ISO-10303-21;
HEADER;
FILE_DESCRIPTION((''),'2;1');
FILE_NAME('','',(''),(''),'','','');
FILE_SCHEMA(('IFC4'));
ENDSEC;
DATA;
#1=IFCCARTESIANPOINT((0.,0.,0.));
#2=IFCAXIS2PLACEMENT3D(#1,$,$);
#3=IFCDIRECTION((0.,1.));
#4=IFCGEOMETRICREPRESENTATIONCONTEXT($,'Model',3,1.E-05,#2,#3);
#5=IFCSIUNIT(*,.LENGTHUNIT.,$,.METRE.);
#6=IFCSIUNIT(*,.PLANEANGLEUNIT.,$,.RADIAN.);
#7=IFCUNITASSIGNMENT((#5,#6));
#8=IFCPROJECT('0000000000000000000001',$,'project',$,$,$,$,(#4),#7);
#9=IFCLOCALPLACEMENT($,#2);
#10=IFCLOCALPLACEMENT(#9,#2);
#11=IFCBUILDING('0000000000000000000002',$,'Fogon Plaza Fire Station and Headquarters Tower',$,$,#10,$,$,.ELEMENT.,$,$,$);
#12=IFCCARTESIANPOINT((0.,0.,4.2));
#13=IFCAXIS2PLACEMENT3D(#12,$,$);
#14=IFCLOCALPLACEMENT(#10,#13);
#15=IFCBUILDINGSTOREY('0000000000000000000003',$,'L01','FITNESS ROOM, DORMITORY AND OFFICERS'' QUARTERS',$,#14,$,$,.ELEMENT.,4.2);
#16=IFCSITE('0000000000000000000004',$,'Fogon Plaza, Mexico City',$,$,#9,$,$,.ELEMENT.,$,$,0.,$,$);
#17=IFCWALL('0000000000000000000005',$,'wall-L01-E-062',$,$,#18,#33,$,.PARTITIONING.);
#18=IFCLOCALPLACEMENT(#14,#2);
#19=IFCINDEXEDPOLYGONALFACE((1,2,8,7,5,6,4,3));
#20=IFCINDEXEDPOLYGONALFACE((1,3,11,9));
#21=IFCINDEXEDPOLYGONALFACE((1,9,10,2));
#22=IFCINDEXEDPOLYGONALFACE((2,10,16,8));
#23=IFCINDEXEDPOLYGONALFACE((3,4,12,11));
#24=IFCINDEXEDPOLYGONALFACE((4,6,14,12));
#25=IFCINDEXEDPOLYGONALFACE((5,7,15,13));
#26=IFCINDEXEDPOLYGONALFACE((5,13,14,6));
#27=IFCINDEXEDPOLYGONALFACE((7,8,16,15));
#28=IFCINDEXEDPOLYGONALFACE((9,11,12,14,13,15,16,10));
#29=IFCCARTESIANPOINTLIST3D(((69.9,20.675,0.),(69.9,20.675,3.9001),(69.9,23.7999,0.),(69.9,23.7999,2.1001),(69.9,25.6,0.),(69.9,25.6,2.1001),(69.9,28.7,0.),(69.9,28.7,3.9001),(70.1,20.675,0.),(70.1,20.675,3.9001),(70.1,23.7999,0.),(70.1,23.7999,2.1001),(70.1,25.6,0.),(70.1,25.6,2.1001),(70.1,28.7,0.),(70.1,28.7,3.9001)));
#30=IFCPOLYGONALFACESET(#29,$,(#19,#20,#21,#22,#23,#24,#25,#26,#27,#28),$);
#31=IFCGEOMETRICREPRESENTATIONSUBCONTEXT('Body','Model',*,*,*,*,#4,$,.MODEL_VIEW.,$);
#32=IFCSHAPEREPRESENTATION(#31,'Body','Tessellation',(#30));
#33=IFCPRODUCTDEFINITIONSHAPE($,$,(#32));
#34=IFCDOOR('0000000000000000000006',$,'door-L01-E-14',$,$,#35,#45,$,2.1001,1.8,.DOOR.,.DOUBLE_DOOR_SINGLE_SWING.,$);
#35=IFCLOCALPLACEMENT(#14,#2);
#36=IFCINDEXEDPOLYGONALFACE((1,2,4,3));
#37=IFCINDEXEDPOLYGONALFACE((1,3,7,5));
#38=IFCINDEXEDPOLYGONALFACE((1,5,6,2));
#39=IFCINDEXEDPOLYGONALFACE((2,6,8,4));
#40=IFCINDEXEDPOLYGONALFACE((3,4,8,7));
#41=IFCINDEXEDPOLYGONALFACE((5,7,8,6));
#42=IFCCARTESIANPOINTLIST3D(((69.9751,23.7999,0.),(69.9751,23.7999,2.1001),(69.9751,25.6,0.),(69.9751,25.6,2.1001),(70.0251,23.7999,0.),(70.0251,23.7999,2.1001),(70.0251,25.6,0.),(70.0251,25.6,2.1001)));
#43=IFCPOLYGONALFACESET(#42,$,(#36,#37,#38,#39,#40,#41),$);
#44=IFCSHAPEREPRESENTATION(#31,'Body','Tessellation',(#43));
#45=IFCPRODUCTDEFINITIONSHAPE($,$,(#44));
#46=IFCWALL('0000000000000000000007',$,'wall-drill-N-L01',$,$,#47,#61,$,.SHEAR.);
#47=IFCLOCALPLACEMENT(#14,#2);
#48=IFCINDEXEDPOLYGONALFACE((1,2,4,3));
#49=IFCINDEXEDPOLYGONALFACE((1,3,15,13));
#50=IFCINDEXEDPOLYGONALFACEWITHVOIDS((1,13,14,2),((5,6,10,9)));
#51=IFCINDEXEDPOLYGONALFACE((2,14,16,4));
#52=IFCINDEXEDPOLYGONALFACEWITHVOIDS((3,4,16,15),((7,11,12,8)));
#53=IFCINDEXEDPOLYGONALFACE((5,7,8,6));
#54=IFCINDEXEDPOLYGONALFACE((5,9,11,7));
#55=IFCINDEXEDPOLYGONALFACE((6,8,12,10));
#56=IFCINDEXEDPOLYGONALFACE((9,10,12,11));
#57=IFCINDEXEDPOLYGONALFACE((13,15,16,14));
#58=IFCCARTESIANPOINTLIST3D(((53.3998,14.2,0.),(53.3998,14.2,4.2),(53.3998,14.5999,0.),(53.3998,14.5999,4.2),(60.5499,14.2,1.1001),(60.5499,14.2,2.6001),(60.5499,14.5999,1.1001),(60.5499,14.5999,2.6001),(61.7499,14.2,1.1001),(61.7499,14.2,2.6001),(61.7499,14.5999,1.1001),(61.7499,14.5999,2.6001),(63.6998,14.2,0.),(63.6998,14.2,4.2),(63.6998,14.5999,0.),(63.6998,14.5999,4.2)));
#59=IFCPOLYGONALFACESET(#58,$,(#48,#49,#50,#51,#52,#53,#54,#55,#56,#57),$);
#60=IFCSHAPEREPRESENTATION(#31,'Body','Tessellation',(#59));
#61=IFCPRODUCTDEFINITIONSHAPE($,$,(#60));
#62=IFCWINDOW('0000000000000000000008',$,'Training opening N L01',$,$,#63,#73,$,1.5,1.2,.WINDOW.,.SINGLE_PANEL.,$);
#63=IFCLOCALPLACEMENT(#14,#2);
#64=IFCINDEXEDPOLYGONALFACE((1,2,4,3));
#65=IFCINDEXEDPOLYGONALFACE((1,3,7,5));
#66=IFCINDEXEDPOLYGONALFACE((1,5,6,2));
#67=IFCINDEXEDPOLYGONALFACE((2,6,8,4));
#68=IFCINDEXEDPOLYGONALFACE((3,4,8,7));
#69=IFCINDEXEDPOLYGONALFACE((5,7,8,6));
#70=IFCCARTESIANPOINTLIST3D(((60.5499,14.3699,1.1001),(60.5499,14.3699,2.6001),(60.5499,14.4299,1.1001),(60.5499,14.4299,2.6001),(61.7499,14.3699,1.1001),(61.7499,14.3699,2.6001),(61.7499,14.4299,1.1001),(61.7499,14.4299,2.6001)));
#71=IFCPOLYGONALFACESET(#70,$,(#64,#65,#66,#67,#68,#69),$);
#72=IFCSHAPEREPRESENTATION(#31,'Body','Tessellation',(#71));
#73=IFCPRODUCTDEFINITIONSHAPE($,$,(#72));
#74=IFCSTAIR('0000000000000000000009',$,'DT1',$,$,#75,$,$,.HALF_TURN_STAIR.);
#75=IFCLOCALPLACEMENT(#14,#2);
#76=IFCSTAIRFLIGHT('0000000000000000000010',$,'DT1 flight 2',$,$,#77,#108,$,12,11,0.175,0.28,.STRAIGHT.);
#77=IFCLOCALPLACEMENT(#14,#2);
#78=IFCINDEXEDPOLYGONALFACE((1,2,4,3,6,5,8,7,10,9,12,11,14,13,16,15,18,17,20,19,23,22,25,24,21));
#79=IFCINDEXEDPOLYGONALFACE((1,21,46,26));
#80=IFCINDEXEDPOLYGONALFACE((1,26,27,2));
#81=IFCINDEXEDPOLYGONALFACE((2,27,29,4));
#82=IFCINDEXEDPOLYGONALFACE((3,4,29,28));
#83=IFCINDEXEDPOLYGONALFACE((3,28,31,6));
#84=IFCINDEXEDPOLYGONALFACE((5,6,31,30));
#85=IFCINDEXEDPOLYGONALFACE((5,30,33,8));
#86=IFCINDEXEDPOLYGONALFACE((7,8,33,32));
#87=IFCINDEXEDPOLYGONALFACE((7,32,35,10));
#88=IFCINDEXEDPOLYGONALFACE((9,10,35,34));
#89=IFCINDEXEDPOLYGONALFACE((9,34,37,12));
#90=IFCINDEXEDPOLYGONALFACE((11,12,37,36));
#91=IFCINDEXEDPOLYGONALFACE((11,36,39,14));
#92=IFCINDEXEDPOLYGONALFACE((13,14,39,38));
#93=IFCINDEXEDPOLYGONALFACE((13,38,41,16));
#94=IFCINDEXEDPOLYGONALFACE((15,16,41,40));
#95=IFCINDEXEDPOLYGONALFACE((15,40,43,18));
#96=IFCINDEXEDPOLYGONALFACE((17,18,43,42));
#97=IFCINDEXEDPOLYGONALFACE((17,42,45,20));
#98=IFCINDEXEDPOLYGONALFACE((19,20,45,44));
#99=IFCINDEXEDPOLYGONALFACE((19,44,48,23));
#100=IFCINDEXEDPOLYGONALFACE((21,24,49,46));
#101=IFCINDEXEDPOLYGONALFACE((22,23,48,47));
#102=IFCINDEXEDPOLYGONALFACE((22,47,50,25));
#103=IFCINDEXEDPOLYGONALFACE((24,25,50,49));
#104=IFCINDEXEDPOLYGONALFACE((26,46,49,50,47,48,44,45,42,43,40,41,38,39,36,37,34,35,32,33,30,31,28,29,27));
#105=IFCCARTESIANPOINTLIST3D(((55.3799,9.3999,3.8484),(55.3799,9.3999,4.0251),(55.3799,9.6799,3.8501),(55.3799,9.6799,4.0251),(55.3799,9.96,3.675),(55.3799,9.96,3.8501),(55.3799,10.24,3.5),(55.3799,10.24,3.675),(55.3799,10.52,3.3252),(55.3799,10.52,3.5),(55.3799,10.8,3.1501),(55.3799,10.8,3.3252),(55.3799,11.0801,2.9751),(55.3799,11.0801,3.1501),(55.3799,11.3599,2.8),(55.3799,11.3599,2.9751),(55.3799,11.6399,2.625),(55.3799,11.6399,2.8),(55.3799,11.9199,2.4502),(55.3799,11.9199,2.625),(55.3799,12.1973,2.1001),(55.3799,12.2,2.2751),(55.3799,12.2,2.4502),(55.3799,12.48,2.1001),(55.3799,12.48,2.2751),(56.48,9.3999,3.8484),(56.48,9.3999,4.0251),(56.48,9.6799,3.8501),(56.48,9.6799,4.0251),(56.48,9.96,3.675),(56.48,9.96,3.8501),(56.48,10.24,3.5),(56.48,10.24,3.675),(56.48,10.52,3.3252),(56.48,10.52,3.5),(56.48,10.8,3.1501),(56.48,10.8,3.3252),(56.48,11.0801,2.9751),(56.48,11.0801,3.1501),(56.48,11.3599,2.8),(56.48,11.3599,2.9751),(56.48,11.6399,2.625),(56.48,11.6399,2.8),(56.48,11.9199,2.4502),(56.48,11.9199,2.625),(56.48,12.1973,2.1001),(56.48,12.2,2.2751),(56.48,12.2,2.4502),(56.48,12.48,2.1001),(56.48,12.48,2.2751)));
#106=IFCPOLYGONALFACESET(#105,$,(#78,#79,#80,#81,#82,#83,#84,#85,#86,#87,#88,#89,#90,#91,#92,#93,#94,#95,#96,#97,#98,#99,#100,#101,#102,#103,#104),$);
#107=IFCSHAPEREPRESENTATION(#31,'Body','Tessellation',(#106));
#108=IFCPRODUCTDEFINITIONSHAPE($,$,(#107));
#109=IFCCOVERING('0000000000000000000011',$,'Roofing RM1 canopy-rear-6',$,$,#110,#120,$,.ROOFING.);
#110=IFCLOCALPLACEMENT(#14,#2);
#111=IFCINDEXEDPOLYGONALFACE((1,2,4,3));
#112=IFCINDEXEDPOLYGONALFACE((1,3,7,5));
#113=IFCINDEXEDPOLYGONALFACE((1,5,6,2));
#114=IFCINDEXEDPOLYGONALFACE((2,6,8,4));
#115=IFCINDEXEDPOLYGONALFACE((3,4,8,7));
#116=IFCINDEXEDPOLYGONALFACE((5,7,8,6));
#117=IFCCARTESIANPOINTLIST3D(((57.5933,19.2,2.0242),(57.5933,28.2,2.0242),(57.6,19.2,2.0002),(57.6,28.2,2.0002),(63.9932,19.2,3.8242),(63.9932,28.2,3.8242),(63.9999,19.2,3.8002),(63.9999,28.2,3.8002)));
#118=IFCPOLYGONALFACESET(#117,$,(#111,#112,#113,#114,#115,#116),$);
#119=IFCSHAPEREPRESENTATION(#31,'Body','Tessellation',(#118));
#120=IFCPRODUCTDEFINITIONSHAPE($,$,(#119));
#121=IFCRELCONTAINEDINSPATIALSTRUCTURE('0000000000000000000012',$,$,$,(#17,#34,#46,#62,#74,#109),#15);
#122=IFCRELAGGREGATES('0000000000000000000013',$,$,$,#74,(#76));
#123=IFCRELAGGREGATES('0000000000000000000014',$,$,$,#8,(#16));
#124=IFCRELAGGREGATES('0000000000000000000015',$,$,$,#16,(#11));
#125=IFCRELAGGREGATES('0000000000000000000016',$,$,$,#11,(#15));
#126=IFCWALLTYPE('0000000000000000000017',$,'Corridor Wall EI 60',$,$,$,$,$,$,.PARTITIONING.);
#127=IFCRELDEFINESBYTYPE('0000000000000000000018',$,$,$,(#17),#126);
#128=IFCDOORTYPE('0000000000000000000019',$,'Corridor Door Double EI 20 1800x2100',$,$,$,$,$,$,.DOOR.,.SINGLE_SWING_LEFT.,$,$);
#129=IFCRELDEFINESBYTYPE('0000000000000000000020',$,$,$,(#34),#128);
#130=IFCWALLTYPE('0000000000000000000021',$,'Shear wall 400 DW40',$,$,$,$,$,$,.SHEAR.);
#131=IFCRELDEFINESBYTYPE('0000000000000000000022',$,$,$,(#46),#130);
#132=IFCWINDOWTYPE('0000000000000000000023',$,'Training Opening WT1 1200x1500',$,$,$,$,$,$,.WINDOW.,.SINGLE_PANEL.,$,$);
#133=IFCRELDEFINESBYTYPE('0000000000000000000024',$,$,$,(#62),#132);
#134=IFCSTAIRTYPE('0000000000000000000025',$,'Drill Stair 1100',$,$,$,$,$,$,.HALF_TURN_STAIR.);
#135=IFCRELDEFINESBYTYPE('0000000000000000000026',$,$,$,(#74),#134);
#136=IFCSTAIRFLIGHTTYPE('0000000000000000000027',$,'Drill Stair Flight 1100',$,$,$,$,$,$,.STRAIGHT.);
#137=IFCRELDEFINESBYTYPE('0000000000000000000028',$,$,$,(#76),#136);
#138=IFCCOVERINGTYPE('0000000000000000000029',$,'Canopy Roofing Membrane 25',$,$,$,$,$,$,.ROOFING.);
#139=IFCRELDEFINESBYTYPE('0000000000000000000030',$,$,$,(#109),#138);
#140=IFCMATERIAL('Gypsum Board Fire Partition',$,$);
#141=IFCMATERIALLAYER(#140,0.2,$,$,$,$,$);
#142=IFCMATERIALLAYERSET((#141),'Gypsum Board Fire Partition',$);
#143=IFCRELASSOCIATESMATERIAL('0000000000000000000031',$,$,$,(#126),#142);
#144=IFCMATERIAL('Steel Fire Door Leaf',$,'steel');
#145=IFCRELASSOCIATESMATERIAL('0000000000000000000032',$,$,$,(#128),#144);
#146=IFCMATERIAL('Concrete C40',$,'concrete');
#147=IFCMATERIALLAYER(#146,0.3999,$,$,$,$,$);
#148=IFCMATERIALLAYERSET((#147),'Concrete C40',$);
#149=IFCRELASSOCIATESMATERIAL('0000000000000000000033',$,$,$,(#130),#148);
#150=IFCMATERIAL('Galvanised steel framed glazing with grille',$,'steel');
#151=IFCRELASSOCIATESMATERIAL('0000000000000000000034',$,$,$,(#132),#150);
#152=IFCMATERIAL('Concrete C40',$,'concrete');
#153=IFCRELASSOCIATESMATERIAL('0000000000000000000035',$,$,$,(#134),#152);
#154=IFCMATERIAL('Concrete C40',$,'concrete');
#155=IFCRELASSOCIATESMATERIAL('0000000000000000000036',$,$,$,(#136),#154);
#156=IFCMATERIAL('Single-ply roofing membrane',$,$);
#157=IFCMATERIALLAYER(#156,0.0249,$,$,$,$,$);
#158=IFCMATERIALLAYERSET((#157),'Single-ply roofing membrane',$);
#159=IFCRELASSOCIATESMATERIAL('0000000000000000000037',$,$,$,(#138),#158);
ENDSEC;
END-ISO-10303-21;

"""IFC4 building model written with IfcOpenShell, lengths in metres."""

from ifc_helpers import new_model, si_unit, direction, frame, frame_2d, origin, place, context, subcontext, project, spatial, polyline, rectangle, outline, extrude, material, layer, layer_set, type_object, element, fill, aggregate, save


model = new_model("IFC4")

# Units and contexts
model_context = context("Model", 3, precision=1e-05, world=origin(), true_north=direction((0.0, 1.0)))
body_context = subcontext(model_context, "Body", "Model", "MODEL_VIEW")
ifc_project = project(units=[si_unit("LENGTHUNIT", "METRE"), si_unit("PLANEANGLEUNIT", "RADIAN")], contexts=[model_context])

# Site, building, storey
site_placement = place(None, origin())
site = spatial("IfcSite", under=ifc_project, at=site_placement, Name="Fogon Plaza, Mexico City", CompositionType="ELEMENT", RefElevation=0.0)
building_placement = place(site_placement, origin())
building = spatial("IfcBuilding", under=site, at=building_placement, Name="Fogon Plaza Fire Station and Headquarters Tower", CompositionType="ELEMENT")
storey_placement = place(building_placement, frame((0.0, 0.0, 4.2)))
storey = spatial("IfcBuildingStorey", under=building, at=storey_placement, Name="L01", Description="FITNESS ROOM, DORMITORY AND OFFICERS' QUARTERS", CompositionType="ELEMENT", Elevation=4.2)

# Wall, opening, door
ifc_material_1 = material(Name="Gypsum Board Fire Partition")
ifc_layer_1 = layer(ifc_material_1, 0.2)
ifc_layer_set_1 = layer_set([ifc_layer_1], Name="Gypsum Board Fire Partition")
wall_type_1 = type_object("IfcWallType", Name="Corridor Wall EI 60", PredefinedType="PARTITIONING", material=ifc_layer_set_1)
wall_1_placement = place(storey_placement, frame((70.0, 20.675, 0.0), z_axis=(0.0, 0.0, 1.0), x_axis=(0.0, 1.0, 0.0)))
wall_1 = element("IfcWall", 1, at=wall_1_placement, inside=storey, type_object=wall_type_1, Name="wall-L01-E-062", PredefinedType="PARTITIONING", context=body_context, shape_type="SweptSolid", body=[
    extrude(rectangle(XDim=8.0249, YDim=0.2, at=frame_2d((4.0125, 0.0))), origin(), (0.0, 0.0, 1.0), 3.9001),
])
opening_1_placement = place(wall_1_placement, frame((3.125, 0.0, 0.0)))
opening_1 = element("IfcOpeningElement", 2, at=opening_1_placement, cuts=wall_1, PredefinedType="OPENING", context=body_context, shape_type="SweptSolid", body=[
    extrude(rectangle(XDim=1.8, YDim=2.1001, at=frame_2d((0.8999, 1.05))), frame((0.0, 0.1099, 0.0), z_axis=(0.0, -1.0, 0.0), x_axis=(1.0, 0.0, 0.0)), (0.0, 0.0, 1.0), 0.22),
])
ifc_material_2 = material(Name="Steel Fire Door Leaf", Category="steel")
door_type_1 = type_object("IfcDoorType", Name="Corridor Door Double EI 20 1800x2100", OperationType="SINGLE_SWING_LEFT", PredefinedType="DOOR", material=ifc_material_2)
door_1_placement = place(opening_1_placement, origin())
door_1 = element("IfcDoor", 3, at=door_1_placement, inside=storey, type_object=door_type_1, Name="door-L01-E-14", OperationType="DOUBLE_DOOR_SINGLE_SWING", OverallHeight=2.1001, OverallWidth=1.8, PredefinedType="DOOR", context=body_context, shape_type="SweptSolid", body=[
    extrude(rectangle(XDim=1.8, YDim=2.1001, at=frame_2d((0.8999, 1.05))), frame((0.0, 0.0249, 0.0), z_axis=(0.0, -1.0, 0.0), x_axis=(1.0, 0.0, 0.0)), (0.0, 0.0, 1.0), 0.05),
])
fill(opening_1, door_1)

# Wall, opening, window
ifc_material_3 = material(Name="Concrete C40", Category="concrete")
ifc_layer_2 = layer(ifc_material_3, 0.3999)
ifc_layer_set_2 = layer_set([ifc_layer_2], Name="Concrete C40")
wall_type_2 = type_object("IfcWallType", Name="Shear wall 400 DW40", PredefinedType="SHEAR", material=ifc_layer_set_2)
wall_2_placement = place(storey_placement, frame((53.3999, 14.3999, 0.0), z_axis=(0.0, 0.0, 1.0), x_axis=(1.0, 0.0, 0.0)))
wall_2 = element("IfcWall", 4, at=wall_2_placement, inside=storey, type_object=wall_type_2, Name="wall-drill-N-L01", PredefinedType="SHEAR", context=body_context, shape_type="SweptSolid", body=[
    extrude(rectangle(XDim=10.3, YDim=0.3999, at=frame_2d((5.1499, 0.0))), origin(), (0.0, 0.0, 1.0), 4.2),
])
opening_2_placement = place(wall_2_placement, frame((7.1499, 0.0, 1.1001)))
opening_2 = element("IfcOpeningElement", 5, at=opening_2_placement, cuts=wall_2, PredefinedType="OPENING", context=body_context, shape_type="SweptSolid", body=[
    extrude(rectangle(XDim=1.2, YDim=1.5, at=frame_2d((0.6001, 0.75))), frame((0.0, 0.21, 0.0), z_axis=(0.0, -1.0, 0.0), x_axis=(1.0, 0.0, 0.0)), (0.0, 0.0, 1.0), 0.4199),
])
ifc_material_4 = material(Name="Galvanised steel framed glazing with grille", Category="steel")
window_type_1 = type_object("IfcWindowType", Name="Training Opening WT1 1200x1500", PartitioningType="SINGLE_PANEL", PredefinedType="WINDOW", material=ifc_material_4)
window_1_placement = place(opening_2_placement, origin())
window_1 = element("IfcWindow", 6, at=window_1_placement, inside=storey, type_object=window_type_1, Name="Training opening N L01", OverallHeight=1.5, OverallWidth=1.2, PartitioningType="SINGLE_PANEL", PredefinedType="WINDOW", context=body_context, shape_type="SweptSolid", body=[
    extrude(rectangle(XDim=1.2, YDim=1.5, at=frame_2d((0.6001, 0.75))), frame((0.0, 0.03, 0.0), z_axis=(0.0, -1.0, 0.0), x_axis=(1.0, 0.0, 0.0)), (0.0, 0.0, 1.0), 0.0601),
])
fill(opening_2, window_1)

# Stair, stair flight
ifc_material_5 = material(Name="Concrete C40", Category="concrete")
stair_type = type_object("IfcStairType", Name="Drill Stair 1100", PredefinedType="HALF_TURN_STAIR", material=ifc_material_5)
stair_placement = place(storey_placement, origin())
stair = element("IfcStair", 7, at=stair_placement, inside=storey, type_object=stair_type, Name="DT1", PredefinedType="HALF_TURN_STAIR")
ifc_material_6 = material(Name="Concrete C40", Category="concrete")
stair_flight_type = type_object("IfcStairFlightType", Name="Drill Stair Flight 1100", PredefinedType="STRAIGHT", material=ifc_material_6)
stair_flight_placement = place(storey_placement, frame((55.9299, 12.48, 2.1001), z_axis=(0.0, 0.0, 1.0), x_axis=(0.0, -1.0, 0.0)))
stair_flight = element("IfcStairFlight", 8, at=stair_flight_placement, type_object=stair_flight_type, Name="DT1 flight 2", NumberOfRisers=12, NumberOfTreads=11, PredefinedType="STRAIGHT", RiserHeight=0.175, TreadLength=0.28, context=body_context, shape_type="SweptSolid", body=[
    extrude(outline(polyline([(0.0, 0.0), (0.0, 0.175), (0.28, 0.175), (0.28, 0.3501), (0.5601, 0.3501), (0.5601, 0.5249), (0.8401, 0.5249), (0.8401, 0.7), (1.1201, 0.7), (1.1201, 0.875), (1.3999, 0.875), (1.3999, 1.05), (1.6799, 1.05), (1.6799, 1.2251), (1.96, 1.2251), (1.96, 1.3999), (2.24, 1.3999), (2.24, 1.575), (2.52, 1.575), (2.52, 1.75), (2.8, 1.75), (2.8, 1.925), (3.0801, 1.925), (3.0801, 2.1001), (3.0801, 1.7483), (0.2827, 0.0), (0.0, 0.0)])), frame((0.0, 0.55, 0.0), z_axis=(0.0, -1.0, 0.0), x_axis=(1.0, 0.0, 0.0)), (0.0, 0.0, 1.0), 1.1001),
])
aggregate(stair, [stair_flight])

# Covering
ifc_material_7 = material(Name="Single-ply roofing membrane")
ifc_layer_3 = layer(ifc_material_7, 0.0249)
ifc_layer_set_3 = layer_set([ifc_layer_3], Name="Single-ply roofing membrane")
covering_type = type_object("IfcCoveringType", Name="Canopy Roofing Membrane 25", PredefinedType="ROOFING", material=ifc_layer_set_3)
covering_placement = place(storey_placement, frame((57.5933, 28.2, 2.0242), z_axis=(-0.270756, 0.0, 0.962648), x_axis=(0.962648, 0.0, 0.270756)))
element("IfcCovering", 9, at=covering_placement, inside=storey, type_object=covering_type, Name="Roofing RM1 canopy-rear-6", PredefinedType="ROOFING", context=body_context, shape_type="SweptSolid", body=[
    extrude(outline(polyline([(0.0, 0.0), (6.6482, 0.0), (6.6482, -9.0), (0.0, -9.0), (0.0, 0.0)])), origin(), (0.0, 0.0, -1.0), 0.0249),
])

save(model, "model.ifc")
